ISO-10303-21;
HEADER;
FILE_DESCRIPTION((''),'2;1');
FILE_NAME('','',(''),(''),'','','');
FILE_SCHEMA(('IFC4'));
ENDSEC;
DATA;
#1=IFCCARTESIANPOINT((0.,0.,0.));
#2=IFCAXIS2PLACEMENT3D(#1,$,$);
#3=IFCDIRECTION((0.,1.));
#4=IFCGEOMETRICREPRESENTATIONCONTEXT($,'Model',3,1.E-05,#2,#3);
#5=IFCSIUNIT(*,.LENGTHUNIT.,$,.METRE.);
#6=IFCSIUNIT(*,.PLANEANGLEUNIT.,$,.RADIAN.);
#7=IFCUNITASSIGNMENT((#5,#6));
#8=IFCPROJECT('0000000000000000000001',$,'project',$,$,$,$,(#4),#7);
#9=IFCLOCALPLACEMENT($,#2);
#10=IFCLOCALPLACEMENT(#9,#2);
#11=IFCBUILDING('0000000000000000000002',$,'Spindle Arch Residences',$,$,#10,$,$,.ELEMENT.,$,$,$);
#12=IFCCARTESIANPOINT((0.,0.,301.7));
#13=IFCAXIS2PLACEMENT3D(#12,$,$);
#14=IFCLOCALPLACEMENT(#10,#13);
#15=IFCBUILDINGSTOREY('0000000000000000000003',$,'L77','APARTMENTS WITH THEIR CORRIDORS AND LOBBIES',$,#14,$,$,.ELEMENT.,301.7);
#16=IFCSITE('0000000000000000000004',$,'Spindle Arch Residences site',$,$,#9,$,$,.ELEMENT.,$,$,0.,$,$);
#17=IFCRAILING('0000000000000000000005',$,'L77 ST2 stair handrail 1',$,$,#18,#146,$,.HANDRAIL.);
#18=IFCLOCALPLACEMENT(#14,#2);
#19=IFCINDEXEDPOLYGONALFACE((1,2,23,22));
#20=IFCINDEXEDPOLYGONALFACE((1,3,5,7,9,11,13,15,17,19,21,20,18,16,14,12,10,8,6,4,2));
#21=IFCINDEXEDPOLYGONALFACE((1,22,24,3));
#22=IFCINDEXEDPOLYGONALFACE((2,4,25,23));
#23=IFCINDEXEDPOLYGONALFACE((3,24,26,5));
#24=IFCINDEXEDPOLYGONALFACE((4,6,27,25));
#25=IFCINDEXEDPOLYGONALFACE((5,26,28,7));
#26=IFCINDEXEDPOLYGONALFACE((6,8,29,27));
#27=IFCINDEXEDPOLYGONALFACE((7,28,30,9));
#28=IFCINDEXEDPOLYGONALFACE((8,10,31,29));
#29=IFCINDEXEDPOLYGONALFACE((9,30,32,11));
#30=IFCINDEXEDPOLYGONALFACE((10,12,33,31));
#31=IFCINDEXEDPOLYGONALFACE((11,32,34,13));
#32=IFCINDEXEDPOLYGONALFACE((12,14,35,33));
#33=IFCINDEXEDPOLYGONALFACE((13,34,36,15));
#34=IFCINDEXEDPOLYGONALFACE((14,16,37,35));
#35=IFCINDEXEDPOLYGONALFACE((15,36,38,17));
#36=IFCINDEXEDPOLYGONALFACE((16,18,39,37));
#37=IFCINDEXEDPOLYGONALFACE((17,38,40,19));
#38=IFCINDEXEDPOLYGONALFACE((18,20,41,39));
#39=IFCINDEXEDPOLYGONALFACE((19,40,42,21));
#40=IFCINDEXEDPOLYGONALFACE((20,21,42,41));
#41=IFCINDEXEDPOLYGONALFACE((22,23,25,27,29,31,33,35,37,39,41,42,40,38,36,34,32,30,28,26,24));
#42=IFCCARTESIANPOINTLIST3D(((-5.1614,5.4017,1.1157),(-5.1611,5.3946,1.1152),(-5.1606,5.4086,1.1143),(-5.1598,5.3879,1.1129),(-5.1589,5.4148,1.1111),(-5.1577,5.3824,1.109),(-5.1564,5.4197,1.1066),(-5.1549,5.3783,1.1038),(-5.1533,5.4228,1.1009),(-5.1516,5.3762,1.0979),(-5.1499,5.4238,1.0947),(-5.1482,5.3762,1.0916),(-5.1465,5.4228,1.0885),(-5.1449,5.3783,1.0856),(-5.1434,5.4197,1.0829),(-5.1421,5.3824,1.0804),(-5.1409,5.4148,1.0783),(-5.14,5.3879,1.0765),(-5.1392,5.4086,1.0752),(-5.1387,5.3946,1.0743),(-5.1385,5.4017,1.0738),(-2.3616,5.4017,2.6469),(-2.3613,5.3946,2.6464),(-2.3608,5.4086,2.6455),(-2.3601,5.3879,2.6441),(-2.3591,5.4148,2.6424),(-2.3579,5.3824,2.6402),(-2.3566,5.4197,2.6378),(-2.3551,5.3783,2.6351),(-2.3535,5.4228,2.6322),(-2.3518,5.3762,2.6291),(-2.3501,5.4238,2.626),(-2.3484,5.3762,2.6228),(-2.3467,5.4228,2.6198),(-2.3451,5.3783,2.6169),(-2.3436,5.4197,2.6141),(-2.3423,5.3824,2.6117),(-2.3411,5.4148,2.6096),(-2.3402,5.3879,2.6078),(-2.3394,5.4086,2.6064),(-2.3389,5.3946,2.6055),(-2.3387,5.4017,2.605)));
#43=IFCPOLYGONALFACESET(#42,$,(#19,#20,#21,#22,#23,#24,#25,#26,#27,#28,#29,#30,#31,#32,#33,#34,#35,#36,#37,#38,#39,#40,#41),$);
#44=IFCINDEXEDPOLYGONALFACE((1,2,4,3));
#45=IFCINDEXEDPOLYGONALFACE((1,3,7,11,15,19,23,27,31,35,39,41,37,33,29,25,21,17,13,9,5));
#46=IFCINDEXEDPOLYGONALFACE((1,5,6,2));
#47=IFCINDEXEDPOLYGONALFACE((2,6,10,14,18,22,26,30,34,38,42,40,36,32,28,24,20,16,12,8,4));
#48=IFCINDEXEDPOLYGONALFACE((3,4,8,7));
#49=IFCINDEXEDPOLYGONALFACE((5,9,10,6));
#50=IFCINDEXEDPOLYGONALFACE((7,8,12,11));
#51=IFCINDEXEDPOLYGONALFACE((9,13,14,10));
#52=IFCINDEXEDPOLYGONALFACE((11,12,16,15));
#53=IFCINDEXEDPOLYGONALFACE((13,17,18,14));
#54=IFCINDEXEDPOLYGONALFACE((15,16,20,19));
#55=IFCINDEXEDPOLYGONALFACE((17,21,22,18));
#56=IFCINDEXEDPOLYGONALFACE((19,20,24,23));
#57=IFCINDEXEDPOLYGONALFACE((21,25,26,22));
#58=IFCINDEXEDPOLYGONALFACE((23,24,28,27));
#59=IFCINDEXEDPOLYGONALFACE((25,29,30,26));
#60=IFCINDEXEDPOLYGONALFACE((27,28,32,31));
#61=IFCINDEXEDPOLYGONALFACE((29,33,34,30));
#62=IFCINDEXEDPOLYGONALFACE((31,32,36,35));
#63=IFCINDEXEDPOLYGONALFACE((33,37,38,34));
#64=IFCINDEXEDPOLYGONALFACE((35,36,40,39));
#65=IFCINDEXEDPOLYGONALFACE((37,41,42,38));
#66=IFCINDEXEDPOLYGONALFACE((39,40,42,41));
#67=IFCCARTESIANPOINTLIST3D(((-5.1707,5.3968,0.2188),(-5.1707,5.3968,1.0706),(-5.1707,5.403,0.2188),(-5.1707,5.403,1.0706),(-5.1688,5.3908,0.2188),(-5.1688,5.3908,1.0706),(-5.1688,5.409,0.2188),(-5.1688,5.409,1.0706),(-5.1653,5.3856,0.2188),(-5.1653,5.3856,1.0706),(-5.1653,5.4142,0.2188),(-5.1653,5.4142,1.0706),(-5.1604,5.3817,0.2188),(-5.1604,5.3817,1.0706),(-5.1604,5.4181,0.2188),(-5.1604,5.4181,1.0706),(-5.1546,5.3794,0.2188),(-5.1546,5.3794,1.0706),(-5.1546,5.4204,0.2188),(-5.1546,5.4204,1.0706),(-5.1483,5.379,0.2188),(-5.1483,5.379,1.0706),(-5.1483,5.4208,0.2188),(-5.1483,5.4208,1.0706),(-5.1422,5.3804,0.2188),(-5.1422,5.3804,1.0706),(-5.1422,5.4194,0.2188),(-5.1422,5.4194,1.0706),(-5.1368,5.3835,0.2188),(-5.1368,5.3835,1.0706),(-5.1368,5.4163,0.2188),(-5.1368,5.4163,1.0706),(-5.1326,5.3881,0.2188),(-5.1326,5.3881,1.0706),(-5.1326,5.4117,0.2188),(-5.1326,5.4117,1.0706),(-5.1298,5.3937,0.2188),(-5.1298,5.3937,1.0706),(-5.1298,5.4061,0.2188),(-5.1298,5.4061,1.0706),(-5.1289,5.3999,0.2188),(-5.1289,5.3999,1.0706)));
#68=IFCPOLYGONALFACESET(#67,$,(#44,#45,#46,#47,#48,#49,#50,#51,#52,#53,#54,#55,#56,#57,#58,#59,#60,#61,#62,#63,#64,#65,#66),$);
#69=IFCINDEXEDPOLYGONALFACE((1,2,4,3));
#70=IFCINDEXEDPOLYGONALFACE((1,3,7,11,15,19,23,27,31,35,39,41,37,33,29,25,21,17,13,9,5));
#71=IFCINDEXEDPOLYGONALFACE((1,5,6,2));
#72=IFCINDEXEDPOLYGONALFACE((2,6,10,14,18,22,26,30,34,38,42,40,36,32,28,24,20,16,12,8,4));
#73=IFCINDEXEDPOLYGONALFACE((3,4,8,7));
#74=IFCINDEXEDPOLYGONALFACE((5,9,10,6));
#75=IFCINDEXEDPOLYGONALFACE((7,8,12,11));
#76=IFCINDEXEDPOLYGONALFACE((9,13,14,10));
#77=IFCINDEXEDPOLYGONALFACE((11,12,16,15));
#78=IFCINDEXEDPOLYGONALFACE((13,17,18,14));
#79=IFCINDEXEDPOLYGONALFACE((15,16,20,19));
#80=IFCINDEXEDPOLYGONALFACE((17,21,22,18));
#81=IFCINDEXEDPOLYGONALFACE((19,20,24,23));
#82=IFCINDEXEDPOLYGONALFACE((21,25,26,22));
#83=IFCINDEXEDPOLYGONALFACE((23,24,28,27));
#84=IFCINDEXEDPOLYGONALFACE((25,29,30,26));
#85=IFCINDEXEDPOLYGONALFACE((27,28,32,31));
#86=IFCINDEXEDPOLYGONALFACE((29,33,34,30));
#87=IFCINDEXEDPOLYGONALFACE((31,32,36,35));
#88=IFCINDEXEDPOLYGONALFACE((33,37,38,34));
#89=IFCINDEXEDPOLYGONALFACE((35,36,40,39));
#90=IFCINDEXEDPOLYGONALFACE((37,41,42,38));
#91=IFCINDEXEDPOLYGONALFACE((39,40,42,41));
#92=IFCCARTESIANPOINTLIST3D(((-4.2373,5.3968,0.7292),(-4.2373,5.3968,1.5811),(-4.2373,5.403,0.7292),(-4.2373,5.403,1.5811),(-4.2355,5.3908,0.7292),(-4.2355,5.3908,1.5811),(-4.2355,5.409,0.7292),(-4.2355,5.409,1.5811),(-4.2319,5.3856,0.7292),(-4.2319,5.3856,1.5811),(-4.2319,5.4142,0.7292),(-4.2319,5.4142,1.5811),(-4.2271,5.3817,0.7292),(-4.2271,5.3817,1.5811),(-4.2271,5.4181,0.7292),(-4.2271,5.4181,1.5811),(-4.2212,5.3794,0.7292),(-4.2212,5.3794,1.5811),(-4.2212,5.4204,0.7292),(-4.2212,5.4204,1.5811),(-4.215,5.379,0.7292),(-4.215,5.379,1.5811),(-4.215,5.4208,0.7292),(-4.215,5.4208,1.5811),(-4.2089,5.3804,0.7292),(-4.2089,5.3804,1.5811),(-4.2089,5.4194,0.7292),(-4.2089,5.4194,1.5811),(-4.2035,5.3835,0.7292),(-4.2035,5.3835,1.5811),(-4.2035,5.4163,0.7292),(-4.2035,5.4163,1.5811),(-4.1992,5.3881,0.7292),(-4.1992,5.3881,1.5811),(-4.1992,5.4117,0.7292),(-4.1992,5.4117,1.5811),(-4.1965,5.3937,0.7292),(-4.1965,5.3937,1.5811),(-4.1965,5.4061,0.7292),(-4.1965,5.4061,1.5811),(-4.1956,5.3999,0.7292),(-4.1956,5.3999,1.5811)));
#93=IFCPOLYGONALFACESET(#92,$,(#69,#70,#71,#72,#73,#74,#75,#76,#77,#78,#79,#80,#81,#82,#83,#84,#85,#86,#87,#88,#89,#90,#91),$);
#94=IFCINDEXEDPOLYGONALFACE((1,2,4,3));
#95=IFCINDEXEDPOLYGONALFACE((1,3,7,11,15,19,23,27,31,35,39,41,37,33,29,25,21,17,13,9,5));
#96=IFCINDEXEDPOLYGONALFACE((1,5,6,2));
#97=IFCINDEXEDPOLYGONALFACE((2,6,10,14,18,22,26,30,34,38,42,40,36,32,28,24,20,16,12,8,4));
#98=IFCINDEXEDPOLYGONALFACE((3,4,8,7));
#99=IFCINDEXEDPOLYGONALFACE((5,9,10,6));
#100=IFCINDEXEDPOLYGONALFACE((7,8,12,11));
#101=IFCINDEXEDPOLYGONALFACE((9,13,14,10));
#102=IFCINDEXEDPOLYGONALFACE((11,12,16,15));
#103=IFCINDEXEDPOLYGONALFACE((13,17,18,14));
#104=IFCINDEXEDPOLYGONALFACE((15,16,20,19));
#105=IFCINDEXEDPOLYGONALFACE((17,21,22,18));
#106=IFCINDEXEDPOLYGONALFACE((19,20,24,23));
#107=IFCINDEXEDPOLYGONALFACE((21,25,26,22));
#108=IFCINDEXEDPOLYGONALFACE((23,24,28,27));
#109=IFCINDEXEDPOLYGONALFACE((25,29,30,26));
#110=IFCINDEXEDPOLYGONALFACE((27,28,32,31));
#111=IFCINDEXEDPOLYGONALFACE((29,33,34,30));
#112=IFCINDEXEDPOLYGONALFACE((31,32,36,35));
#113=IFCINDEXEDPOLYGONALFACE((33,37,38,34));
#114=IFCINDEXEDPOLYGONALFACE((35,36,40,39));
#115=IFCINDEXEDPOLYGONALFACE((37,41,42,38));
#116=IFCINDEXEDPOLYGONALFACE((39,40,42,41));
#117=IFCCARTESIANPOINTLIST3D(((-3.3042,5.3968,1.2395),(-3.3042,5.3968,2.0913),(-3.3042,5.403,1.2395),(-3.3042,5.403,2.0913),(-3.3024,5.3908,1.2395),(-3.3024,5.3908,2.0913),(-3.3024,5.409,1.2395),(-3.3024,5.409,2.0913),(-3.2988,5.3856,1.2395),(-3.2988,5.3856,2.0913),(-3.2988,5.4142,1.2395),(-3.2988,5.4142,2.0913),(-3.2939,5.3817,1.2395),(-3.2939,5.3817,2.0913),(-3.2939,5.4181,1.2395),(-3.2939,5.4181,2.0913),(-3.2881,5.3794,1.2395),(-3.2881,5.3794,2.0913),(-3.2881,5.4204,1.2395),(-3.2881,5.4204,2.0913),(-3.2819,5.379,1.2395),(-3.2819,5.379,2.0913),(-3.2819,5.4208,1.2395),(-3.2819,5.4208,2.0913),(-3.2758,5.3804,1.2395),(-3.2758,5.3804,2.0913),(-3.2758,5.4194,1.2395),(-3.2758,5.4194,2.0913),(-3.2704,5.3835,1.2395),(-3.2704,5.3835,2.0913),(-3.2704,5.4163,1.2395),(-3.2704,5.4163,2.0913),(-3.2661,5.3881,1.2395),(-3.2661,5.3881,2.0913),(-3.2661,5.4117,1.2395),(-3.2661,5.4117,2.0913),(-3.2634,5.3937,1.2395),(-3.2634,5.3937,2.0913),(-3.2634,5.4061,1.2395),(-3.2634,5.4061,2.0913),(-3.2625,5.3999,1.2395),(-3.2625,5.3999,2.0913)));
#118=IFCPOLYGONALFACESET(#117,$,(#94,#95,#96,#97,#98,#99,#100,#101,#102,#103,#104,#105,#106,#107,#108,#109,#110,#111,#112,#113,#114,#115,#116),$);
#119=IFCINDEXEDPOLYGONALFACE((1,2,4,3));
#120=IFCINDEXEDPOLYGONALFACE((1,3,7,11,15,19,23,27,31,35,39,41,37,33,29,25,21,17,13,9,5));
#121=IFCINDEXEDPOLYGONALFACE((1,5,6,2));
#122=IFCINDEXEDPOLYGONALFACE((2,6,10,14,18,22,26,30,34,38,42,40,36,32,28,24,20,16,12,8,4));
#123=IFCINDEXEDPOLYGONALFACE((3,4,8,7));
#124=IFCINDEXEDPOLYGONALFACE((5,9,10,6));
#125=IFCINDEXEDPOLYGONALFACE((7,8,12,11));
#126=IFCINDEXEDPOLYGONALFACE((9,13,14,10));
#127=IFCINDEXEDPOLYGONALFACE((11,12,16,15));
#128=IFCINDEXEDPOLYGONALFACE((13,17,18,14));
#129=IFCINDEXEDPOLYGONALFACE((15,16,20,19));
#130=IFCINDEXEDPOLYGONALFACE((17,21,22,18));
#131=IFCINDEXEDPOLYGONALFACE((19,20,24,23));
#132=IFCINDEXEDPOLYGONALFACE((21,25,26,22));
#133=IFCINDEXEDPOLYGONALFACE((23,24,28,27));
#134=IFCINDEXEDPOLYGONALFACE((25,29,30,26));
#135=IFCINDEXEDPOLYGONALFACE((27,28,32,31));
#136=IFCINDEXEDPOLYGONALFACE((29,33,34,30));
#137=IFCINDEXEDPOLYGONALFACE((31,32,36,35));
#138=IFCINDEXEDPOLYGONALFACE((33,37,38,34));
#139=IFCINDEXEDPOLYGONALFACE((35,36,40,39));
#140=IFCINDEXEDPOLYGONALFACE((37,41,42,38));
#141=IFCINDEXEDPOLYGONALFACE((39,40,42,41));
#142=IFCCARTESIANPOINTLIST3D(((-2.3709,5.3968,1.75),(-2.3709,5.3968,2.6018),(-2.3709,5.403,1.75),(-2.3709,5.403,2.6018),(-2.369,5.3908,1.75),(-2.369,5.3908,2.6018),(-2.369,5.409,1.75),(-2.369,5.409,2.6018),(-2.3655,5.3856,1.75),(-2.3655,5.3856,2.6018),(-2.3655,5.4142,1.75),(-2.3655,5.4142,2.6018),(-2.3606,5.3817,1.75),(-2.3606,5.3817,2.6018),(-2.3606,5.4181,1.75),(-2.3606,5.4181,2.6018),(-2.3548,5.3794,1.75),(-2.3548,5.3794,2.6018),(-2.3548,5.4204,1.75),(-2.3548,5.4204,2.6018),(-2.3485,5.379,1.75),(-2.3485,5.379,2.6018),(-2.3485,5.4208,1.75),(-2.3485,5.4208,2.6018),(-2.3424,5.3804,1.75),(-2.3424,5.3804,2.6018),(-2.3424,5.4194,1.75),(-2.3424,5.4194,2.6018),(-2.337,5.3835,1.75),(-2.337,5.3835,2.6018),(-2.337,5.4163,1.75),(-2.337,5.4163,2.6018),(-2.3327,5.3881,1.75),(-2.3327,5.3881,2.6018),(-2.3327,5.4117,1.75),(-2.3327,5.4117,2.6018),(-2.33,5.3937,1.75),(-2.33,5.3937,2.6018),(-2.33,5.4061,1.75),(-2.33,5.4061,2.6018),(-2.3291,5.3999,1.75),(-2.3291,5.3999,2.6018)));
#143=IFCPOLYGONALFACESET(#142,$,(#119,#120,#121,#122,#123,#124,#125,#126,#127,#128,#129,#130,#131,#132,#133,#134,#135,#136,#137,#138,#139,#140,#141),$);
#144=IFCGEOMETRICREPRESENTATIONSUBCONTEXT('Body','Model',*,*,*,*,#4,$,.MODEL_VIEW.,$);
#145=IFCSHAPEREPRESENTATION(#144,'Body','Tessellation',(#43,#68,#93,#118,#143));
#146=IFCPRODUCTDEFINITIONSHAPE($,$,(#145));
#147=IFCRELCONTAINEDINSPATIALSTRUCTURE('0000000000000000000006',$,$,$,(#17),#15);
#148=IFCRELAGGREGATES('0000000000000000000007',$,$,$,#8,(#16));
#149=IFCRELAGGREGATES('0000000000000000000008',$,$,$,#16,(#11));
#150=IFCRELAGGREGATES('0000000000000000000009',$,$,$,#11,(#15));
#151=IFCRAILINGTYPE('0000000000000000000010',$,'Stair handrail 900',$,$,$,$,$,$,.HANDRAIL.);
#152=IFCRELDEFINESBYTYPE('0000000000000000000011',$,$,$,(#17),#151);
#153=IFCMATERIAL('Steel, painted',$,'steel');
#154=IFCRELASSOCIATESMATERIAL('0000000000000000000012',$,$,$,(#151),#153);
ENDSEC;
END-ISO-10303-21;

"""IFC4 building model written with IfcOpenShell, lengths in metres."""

from ifc_helpers import new_model, si_unit, direction, frame, origin, origin_2d, place, context, subcontext, project, spatial, circle, extrude, material, type_object, element, save


model = new_model("IFC4")

# Units and contexts
model_context = context("Model", 3, precision=1e-05, world=origin(), true_north=direction((0.0, 1.0)))
body_context = subcontext(model_context, "Body", "Model", "MODEL_VIEW")
ifc_project = project(units=[si_unit("LENGTHUNIT", "METRE"), si_unit("PLANEANGLEUNIT", "RADIAN")], contexts=[model_context])

# Site, building, storey
site_placement = place(None, origin())
site = spatial("IfcSite", under=ifc_project, at=site_placement, Name="Spindle Arch Residences site", CompositionType="ELEMENT", RefElevation=0.0)
building_placement = place(site_placement, origin())
building = spatial("IfcBuilding", under=site, at=building_placement, Name="Spindle Arch Residences", CompositionType="ELEMENT")
storey_placement = place(building_placement, frame((0.0, 0.0, 301.7)))
storey = spatial("IfcBuildingStorey", under=building, at=storey_placement, Name="L77", Description="APARTMENTS WITH THEIR CORRIDORS AND LOBBIES", CompositionType="ELEMENT", Elevation=301.7)

# Railing
ifc_material_1 = material(Name="Steel, painted", Category="steel")
railing_type_1 = type_object("IfcRailingType", Name="Stair handrail 900", PredefinedType="HANDRAIL", material=ifc_material_1)
railing_1_placement = place(storey_placement, frame((-5.1499, 5.3999, 0.2188)))
element("IfcRailing", 1, at=railing_1_placement, inside=storey, type_object=railing_type_1, Name="L77 ST2 stair handrail 1", PredefinedType="HANDRAIL", context=body_context, shape_type="SweptSolid", body=[
    extrude(circle(Radius=0.0239, at=origin_2d()), frame((0.0, 0.0, 0.876), z_axis=(0.877357, 0.0, 0.479838), x_axis=(0.0, 1.0, 0.0)), (0.0, 0.0, 1.0), 3.1912),
    extrude(circle(Radius=0.021, at=origin_2d()), origin(), (0.0, 0.0, 1.0), 0.8518),
    extrude(circle(Radius=0.021, at=origin_2d()), frame((0.9333, 0.0, 0.5105)), (0.0, 0.0, 1.0), 0.8518),
    extrude(circle(Radius=0.021, at=origin_2d()), frame((1.8665, 0.0, 1.0208)), (0.0, 0.0, 1.0), 0.8518),
    extrude(circle(Radius=0.021, at=origin_2d()), frame((2.7998, 0.0, 1.5312)), (0.0, 0.0, 1.0), 0.8518),
])

save(model, "model.ifc")
